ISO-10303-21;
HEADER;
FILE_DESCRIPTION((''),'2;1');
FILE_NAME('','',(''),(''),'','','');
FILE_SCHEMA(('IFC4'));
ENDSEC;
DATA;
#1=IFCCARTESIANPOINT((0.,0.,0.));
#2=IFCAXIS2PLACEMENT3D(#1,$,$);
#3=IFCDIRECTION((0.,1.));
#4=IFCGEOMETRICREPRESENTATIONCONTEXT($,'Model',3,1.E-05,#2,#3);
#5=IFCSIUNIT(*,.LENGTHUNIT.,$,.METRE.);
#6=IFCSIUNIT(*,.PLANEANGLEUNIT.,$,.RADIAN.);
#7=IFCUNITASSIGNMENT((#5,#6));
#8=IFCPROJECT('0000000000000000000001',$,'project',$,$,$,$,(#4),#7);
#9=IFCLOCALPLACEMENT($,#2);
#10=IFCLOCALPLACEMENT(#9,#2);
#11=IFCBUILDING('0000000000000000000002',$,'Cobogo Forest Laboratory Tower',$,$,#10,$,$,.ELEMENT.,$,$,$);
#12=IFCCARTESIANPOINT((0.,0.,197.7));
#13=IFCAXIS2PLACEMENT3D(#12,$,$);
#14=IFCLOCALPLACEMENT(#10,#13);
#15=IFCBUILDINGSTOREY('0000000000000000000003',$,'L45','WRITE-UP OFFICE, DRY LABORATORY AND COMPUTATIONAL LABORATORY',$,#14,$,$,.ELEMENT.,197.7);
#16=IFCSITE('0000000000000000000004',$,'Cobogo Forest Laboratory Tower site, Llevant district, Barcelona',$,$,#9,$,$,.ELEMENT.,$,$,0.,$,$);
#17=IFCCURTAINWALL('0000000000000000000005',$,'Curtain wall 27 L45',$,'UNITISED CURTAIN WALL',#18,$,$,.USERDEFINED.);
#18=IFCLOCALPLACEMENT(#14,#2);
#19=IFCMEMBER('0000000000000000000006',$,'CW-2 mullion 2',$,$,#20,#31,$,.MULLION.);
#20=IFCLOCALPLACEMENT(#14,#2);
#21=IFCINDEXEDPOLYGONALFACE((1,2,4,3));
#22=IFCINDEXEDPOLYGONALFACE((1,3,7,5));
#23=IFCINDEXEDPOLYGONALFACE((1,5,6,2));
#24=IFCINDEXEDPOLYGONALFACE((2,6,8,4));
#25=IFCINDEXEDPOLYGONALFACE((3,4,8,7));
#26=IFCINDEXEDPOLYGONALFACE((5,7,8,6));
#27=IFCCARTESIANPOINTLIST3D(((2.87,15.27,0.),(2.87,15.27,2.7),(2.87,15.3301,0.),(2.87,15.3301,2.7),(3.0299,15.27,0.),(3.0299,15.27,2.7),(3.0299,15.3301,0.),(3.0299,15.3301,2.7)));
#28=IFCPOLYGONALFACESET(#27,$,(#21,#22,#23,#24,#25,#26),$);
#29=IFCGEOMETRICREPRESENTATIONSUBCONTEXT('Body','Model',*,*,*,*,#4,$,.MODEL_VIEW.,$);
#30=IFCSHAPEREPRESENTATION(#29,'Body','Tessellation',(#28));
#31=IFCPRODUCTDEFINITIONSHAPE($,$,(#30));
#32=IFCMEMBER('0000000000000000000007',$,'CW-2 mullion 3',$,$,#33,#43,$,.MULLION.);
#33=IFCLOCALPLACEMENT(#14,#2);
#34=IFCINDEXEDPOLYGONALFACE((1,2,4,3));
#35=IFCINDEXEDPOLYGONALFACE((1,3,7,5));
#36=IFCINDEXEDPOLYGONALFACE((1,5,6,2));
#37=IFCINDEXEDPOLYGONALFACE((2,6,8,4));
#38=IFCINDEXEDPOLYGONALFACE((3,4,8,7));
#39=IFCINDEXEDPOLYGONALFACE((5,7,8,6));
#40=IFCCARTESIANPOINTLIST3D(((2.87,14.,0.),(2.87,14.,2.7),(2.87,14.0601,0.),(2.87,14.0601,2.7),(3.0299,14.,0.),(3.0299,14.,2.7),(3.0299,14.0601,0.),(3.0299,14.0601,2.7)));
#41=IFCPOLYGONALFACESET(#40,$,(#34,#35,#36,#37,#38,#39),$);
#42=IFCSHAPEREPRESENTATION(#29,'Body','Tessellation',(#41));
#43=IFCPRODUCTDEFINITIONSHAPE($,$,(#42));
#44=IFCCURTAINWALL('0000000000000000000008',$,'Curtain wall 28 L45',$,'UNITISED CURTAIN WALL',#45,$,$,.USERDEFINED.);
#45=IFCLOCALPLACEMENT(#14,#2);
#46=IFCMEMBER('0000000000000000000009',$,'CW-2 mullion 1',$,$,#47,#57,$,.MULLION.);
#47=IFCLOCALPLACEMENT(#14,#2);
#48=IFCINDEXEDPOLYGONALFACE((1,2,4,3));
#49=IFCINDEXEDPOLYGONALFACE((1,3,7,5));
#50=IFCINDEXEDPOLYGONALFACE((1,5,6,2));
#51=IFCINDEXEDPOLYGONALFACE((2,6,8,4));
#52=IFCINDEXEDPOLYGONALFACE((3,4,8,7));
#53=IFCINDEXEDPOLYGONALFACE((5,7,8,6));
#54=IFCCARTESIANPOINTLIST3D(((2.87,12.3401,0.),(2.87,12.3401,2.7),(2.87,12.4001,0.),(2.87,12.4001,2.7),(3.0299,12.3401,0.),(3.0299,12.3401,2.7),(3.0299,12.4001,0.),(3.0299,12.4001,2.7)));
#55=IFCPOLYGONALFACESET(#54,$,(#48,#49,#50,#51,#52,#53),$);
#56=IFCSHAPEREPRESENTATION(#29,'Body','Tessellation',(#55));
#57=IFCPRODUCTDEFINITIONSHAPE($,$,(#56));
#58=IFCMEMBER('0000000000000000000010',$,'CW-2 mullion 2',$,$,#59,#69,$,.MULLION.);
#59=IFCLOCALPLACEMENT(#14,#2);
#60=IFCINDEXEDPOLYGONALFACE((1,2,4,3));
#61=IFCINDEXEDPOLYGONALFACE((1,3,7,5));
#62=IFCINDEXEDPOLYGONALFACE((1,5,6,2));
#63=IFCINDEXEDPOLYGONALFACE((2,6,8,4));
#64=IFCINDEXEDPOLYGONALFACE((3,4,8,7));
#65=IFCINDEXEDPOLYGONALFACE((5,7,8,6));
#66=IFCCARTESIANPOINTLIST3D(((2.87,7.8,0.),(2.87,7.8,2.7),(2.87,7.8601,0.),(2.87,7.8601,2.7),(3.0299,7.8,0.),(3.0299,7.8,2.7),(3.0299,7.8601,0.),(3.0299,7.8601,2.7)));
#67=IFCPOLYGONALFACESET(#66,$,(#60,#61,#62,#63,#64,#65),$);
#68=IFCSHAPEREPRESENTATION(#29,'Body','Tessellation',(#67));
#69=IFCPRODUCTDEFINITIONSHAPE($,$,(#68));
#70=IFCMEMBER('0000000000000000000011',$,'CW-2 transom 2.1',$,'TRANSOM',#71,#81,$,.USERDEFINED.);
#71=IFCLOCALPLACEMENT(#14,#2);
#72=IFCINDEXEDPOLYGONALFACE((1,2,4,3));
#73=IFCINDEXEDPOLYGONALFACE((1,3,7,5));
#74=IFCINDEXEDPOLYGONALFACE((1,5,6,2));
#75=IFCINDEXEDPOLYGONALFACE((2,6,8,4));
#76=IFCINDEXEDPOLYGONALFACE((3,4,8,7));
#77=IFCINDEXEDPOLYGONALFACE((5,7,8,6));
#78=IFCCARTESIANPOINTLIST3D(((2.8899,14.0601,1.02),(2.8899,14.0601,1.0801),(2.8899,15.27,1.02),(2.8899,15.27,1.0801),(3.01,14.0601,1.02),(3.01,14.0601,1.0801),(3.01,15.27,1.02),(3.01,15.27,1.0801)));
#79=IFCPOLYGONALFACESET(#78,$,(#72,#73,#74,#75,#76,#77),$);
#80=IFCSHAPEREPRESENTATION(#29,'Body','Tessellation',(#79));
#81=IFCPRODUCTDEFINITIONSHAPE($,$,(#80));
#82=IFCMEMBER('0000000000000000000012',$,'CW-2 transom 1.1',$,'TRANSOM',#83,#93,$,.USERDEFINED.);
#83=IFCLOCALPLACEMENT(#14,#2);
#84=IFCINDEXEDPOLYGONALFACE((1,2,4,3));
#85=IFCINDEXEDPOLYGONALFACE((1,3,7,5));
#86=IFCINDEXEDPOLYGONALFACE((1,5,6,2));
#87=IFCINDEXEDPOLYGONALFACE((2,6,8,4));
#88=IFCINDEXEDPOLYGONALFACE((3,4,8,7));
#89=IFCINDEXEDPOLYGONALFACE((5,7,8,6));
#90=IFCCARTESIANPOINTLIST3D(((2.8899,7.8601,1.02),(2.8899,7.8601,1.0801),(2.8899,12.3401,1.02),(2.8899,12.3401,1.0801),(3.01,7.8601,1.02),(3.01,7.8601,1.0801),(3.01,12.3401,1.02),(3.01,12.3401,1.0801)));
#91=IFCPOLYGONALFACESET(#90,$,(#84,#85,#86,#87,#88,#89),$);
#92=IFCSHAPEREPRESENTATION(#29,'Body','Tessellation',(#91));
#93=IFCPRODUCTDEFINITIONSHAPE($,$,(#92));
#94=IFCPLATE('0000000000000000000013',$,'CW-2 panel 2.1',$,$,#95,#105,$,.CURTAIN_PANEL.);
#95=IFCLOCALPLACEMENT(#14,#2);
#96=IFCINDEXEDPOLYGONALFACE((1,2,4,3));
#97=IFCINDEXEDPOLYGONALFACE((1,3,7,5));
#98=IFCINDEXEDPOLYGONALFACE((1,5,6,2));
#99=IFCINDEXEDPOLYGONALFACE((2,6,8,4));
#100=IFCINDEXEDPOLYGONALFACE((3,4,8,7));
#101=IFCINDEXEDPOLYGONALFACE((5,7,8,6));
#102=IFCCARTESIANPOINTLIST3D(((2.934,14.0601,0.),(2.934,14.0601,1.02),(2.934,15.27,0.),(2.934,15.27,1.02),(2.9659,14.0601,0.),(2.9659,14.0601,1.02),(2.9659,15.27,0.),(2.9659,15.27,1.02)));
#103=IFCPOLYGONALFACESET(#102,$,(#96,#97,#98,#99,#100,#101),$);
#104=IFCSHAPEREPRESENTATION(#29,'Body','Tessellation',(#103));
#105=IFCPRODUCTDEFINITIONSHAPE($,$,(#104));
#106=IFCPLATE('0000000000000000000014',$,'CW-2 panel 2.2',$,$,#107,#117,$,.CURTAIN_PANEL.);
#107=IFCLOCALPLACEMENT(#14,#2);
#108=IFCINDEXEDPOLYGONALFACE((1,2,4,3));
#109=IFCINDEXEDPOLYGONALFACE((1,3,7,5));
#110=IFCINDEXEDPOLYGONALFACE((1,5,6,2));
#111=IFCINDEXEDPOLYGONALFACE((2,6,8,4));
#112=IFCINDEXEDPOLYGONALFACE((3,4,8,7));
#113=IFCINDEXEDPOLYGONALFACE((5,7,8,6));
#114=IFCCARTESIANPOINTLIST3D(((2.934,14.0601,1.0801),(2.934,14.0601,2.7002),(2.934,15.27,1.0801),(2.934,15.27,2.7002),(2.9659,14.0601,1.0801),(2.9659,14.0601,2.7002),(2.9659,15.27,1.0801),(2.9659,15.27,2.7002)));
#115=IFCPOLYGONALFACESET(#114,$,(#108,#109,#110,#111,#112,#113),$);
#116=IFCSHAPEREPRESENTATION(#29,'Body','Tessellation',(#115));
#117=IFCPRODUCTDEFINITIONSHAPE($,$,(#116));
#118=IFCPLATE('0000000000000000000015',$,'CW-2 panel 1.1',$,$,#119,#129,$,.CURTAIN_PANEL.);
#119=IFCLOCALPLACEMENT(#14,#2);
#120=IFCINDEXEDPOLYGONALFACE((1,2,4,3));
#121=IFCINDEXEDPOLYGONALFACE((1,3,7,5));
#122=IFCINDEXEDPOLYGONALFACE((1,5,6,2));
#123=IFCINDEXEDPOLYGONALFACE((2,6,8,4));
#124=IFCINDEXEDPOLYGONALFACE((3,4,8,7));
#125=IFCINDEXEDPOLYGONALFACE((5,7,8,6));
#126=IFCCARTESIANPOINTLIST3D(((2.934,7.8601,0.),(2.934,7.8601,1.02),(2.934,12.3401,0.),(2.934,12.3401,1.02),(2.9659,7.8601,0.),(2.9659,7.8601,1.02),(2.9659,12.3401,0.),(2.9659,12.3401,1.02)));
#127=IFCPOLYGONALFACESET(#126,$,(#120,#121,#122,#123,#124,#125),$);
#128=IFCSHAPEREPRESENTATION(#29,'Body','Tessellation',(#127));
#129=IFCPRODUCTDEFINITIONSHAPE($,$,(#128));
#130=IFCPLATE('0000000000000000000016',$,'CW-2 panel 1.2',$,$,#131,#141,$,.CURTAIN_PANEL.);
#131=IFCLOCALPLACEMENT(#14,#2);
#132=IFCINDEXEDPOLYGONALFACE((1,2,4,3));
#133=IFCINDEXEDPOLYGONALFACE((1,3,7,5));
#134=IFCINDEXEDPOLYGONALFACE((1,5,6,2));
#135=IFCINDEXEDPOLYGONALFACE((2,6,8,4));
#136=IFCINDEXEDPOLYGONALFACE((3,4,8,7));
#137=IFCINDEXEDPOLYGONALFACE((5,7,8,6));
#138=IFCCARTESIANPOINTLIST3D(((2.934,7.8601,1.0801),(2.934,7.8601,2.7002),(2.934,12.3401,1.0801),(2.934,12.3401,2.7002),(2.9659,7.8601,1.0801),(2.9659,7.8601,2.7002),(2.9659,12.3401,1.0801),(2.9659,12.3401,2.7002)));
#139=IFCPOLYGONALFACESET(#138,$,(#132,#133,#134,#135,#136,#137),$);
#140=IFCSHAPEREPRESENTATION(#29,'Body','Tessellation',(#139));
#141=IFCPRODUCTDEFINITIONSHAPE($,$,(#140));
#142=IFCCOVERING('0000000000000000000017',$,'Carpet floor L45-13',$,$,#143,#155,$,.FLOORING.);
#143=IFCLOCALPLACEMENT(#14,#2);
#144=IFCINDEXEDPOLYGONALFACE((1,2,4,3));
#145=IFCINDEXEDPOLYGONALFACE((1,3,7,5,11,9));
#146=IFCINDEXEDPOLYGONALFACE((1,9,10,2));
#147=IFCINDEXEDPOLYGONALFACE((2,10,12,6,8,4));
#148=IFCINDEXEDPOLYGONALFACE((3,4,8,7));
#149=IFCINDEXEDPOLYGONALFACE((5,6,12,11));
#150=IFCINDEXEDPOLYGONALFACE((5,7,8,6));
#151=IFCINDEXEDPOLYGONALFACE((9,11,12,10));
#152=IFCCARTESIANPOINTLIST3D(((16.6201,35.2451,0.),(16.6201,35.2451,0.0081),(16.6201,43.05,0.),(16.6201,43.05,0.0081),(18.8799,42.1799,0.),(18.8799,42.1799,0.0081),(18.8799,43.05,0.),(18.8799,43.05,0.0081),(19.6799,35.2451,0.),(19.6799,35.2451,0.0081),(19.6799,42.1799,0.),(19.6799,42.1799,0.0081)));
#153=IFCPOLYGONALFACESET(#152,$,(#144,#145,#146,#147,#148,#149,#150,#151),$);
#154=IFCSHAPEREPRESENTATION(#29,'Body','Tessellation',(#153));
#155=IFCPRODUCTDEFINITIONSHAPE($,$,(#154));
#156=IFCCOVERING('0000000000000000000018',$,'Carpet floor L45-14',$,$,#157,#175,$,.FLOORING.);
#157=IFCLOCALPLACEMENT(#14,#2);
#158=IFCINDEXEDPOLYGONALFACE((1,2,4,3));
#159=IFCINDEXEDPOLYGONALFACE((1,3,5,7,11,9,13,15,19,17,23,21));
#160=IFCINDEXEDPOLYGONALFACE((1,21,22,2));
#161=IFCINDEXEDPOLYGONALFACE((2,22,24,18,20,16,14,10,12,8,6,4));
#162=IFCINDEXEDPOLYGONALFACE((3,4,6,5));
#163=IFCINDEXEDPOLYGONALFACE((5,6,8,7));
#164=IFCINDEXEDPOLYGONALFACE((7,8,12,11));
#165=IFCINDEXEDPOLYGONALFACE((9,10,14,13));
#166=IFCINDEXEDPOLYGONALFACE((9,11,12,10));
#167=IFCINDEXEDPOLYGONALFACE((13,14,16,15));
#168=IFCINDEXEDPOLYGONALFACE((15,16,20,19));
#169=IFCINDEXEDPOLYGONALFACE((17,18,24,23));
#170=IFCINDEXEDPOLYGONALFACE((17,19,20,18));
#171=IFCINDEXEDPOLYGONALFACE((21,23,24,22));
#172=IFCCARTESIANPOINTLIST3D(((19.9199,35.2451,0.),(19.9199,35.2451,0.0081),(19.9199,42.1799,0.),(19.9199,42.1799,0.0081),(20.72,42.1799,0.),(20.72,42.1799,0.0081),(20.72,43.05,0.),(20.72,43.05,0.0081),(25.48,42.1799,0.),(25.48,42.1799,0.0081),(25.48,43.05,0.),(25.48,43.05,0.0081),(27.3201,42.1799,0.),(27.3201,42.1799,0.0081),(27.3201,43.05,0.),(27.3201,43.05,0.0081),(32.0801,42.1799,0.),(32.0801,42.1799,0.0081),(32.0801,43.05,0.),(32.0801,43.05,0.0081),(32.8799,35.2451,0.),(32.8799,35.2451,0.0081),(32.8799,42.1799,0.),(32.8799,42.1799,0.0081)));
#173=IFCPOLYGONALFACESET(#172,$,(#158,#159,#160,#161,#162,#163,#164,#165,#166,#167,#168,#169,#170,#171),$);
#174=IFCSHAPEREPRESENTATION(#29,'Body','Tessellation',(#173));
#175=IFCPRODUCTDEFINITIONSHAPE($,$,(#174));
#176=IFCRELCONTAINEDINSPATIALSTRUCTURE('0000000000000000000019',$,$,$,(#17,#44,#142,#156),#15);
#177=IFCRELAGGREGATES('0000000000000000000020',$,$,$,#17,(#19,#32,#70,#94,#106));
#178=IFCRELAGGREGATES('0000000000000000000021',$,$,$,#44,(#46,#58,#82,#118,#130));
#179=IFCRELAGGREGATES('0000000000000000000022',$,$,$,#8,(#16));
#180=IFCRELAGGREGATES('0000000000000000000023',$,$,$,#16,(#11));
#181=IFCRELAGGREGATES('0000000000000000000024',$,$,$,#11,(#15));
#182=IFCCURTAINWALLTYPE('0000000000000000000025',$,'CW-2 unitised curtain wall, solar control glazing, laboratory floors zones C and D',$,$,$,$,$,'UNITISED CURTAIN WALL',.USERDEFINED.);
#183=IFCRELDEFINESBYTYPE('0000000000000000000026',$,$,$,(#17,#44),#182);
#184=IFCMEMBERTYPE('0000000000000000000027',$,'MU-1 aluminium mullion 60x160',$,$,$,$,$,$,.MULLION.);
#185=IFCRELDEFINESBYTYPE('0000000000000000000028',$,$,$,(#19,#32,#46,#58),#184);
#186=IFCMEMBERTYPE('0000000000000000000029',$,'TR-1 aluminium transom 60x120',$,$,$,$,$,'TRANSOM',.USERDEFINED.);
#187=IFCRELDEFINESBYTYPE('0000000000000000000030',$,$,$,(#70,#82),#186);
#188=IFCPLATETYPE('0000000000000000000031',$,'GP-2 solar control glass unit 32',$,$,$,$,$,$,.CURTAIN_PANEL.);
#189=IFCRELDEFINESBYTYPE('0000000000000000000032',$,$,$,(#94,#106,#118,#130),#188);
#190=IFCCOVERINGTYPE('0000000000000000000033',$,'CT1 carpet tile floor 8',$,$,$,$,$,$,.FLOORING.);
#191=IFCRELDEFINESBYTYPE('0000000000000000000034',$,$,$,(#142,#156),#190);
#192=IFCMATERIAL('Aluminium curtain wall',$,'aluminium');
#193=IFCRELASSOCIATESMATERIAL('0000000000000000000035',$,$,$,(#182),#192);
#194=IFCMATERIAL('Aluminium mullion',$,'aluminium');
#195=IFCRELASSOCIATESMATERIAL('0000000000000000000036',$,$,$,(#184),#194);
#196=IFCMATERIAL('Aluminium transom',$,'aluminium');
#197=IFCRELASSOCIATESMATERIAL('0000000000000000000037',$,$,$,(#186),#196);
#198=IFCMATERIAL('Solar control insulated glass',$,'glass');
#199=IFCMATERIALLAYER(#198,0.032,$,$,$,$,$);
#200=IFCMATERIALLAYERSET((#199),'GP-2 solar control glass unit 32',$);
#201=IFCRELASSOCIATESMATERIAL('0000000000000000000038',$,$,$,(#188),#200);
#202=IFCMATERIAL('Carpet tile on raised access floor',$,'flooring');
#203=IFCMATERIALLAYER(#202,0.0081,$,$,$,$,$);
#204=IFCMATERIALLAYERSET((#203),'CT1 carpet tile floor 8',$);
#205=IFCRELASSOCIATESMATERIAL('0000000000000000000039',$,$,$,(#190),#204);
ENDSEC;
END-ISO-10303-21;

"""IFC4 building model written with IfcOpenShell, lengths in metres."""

from ifc_helpers import new_model, si_unit, direction, frame, origin, origin_2d, place, context, subcontext, project, spatial, polyline, rectangle, outline, extrude, material, layer, layer_set, material_profile, profile_set, type_object, element, aggregate, save


model = new_model("IFC4")

# Units and contexts
model_context = context("Model", 3, precision=1e-05, world=origin(), true_north=direction((0.0, 1.0)))
body_context = subcontext(model_context, "Body", "Model", "MODEL_VIEW")
ifc_project = project(units=[si_unit("LENGTHUNIT", "METRE"), si_unit("PLANEANGLEUNIT", "RADIAN")], contexts=[model_context])

# Site, building, storey
site_placement = place(None, origin())
site = spatial("IfcSite", under=ifc_project, at=site_placement, Name="Cobogo Forest Laboratory Tower site, Llevant district, Barcelona", CompositionType="ELEMENT", RefElevation=0.0)
building_placement = place(site_placement, origin())
building = spatial("IfcBuilding", under=site, at=building_placement, Name="Cobogo Forest Laboratory Tower", CompositionType="ELEMENT")
storey_placement = place(building_placement, frame((0.0, 0.0, 197.7)))
storey = spatial("IfcBuildingStorey", under=building, at=storey_placement, Name="L45", Description="WRITE-UP OFFICE, DRY LABORATORY AND COMPUTATIONAL LABORATORY", CompositionType="ELEMENT", Elevation=197.7)

# Curtain walls, members
ifc_material_1 = material(Name="Aluminium curtain wall", Category="aluminium")
curtain_wall_type = type_object("IfcCurtainWallType", Name="CW-2 unitised curtain wall, solar control glazing, laboratory floors zones C and D", ElementType="UNITISED CURTAIN WALL", PredefinedType="USERDEFINED", material=ifc_material_1)
curtain_wall_1_placement = place(storey_placement, origin())
curtain_wall_1 = element("IfcCurtainWall", 1, at=curtain_wall_1_placement, inside=storey, type_object=curtain_wall_type, Name="Curtain wall 27 L45", ObjectType="UNITISED CURTAIN WALL", PredefinedType="USERDEFINED")
ifc_material_2 = material(Name="Aluminium mullion", Category="aluminium")
ifc_material_profile_1 = material_profile(ifc_material_2, rectangle(XDim=0.0601, YDim=0.1599, at=origin_2d()), Name="AL 60x160")
ifc_profile_set_1 = profile_set([ifc_material_profile_1], Name="Aluminium mullion")
member_type_1 = type_object("IfcMemberType", Name="MU-1 aluminium mullion 60x160", PredefinedType="MULLION", material=ifc_profile_set_1)
member_1_placement = place(storey_placement, frame((2.95, 15.3, 0.0), z_axis=(0.0, 0.0, 1.0), x_axis=(0.0, -1.0, 0.0)))
member_1 = element("IfcMember", 2, at=member_1_placement, type_object=member_type_1, Name="CW-2 mullion 2", PredefinedType="MULLION", context=body_context, shape_type="SweptSolid", body=[
    extrude(rectangle(XDim=0.0601, YDim=0.1599, at=origin_2d()), origin(), (0.0, 0.0, 1.0), 2.7),
])
member_2_placement = place(storey_placement, frame((2.95, 14.03, 0.0), z_axis=(0.0, 0.0, 1.0), x_axis=(0.0, -1.0, 0.0)))
member_2 = element("IfcMember", 3, at=member_2_placement, type_object=member_type_1, Name="CW-2 mullion 3", PredefinedType="MULLION", context=body_context, shape_type="SweptSolid", body=[
    extrude(rectangle(XDim=0.0601, YDim=0.1599, at=origin_2d()), origin(), (0.0, 0.0, 1.0), 2.7),
])
curtain_wall_2_placement = place(storey_placement, origin())
curtain_wall_2 = element("IfcCurtainWall", 4, at=curtain_wall_2_placement, inside=storey, type_object=curtain_wall_type, Name="Curtain wall 28 L45", ObjectType="UNITISED CURTAIN WALL", PredefinedType="USERDEFINED")
member_3_placement = place(storey_placement, frame((2.95, 12.3701, 0.0), z_axis=(0.0, 0.0, 1.0), x_axis=(0.0, -1.0, 0.0)))
member_3 = element("IfcMember", 5, at=member_3_placement, type_object=member_type_1, Name="CW-2 mullion 1", PredefinedType="MULLION", context=body_context, shape_type="SweptSolid", body=[
    extrude(rectangle(XDim=0.0601, YDim=0.1599, at=origin_2d()), origin(), (0.0, 0.0, 1.0), 2.7),
])
member_4_placement = place(storey_placement, frame((2.95, 7.8301, 0.0), z_axis=(0.0, 0.0, 1.0), x_axis=(0.0, -1.0, 0.0)))
member_4 = element("IfcMember", 6, at=member_4_placement, type_object=member_type_1, Name="CW-2 mullion 2", PredefinedType="MULLION", context=body_context, shape_type="SweptSolid", body=[
    extrude(rectangle(XDim=0.0601, YDim=0.1599, at=origin_2d()), origin(), (0.0, 0.0, 1.0), 2.7),
])

# Members
ifc_material_3 = material(Name="Aluminium transom", Category="aluminium")
ifc_material_profile_2 = material_profile(ifc_material_3, rectangle(XDim=0.1201, YDim=0.0601, at=origin_2d()), Name="AL 60x120")
ifc_profile_set_2 = profile_set([ifc_material_profile_2], Name="Aluminium transom")
member_type_2 = type_object("IfcMemberType", Name="TR-1 aluminium transom 60x120", ElementType="TRANSOM", PredefinedType="USERDEFINED", material=ifc_profile_set_2)
member_5_placement = place(storey_placement, frame((2.95, 15.27, 1.05), z_axis=(0.0, -1.0, 0.0), x_axis=(1.0, 0.0, 0.0)))
member_5 = element("IfcMember", 7, at=member_5_placement, type_object=member_type_2, Name="CW-2 transom 2.1", ObjectType="TRANSOM", PredefinedType="USERDEFINED", context=body_context, shape_type="SweptSolid", body=[
    extrude(rectangle(XDim=0.1201, YDim=0.0601, at=origin_2d()), origin(), (0.0, 0.0, 1.0), 1.21),
])
member_6_placement = place(storey_placement, frame((2.95, 12.3401, 1.05), z_axis=(0.0, -1.0, 0.0), x_axis=(1.0, 0.0, 0.0)))
member_6 = element("IfcMember", 8, at=member_6_placement, type_object=member_type_2, Name="CW-2 transom 1.1", ObjectType="TRANSOM", PredefinedType="USERDEFINED", context=body_context, shape_type="SweptSolid", body=[
    extrude(rectangle(XDim=0.1201, YDim=0.0601, at=origin_2d()), origin(), (0.0, 0.0, 1.0), 4.48),
])

# Plates
ifc_material_4 = material(Name="Solar control insulated glass", Category="glass")
ifc_layer_1 = layer(ifc_material_4, 0.032)
ifc_layer_set_1 = layer_set([ifc_layer_1], Name="GP-2 solar control glass unit 32")
plate_type_1 = type_object("IfcPlateType", Name="GP-2 solar control glass unit 32", PredefinedType="CURTAIN_PANEL", material=ifc_layer_set_1)
plate_1_placement = place(storey_placement, frame((2.95, 14.665, 0.0), z_axis=(0.0, 0.0, 1.0), x_axis=(0.0, -1.0, 0.0)))
plate_1 = element("IfcPlate", 9, at=plate_1_placement, type_object=plate_type_1, Name="CW-2 panel 2.1", PredefinedType="CURTAIN_PANEL", context=body_context, shape_type="SweptSolid", body=[
    extrude(rectangle(XDim=1.21, YDim=0.032, at=origin_2d()), origin(), (0.0, 0.0, 1.0), 1.02),
])
plate_2_placement = place(storey_placement, frame((2.95, 14.665, 1.0801), z_axis=(0.0, 0.0, 1.0), x_axis=(0.0, -1.0, 0.0)))
plate_2 = element("IfcPlate", 10, at=plate_2_placement, type_object=plate_type_1, Name="CW-2 panel 2.2", PredefinedType="CURTAIN_PANEL", context=body_context, shape_type="SweptSolid", body=[
    extrude(rectangle(XDim=1.21, YDim=0.032, at=origin_2d()), origin(), (0.0, 0.0, 1.0), 1.6201),
])
aggregate(curtain_wall_1, [member_1, member_2, member_5, plate_1, plate_2])
plate_3_placement = place(storey_placement, frame((2.95, 10.1001, 0.0), z_axis=(0.0, 0.0, 1.0), x_axis=(0.0, -1.0, 0.0)))
plate_3 = element("IfcPlate", 11, at=plate_3_placement, type_object=plate_type_1, Name="CW-2 panel 1.1", PredefinedType="CURTAIN_PANEL", context=body_context, shape_type="SweptSolid", body=[
    extrude(rectangle(XDim=4.48, YDim=0.032, at=origin_2d()), origin(), (0.0, 0.0, 1.0), 1.02),
])
plate_4_placement = place(storey_placement, frame((2.95, 10.1001, 1.0801), z_axis=(0.0, 0.0, 1.0), x_axis=(0.0, -1.0, 0.0)))
plate_4 = element("IfcPlate", 12, at=plate_4_placement, type_object=plate_type_1, Name="CW-2 panel 1.2", PredefinedType="CURTAIN_PANEL", context=body_context, shape_type="SweptSolid", body=[
    extrude(rectangle(XDim=4.48, YDim=0.032, at=origin_2d()), origin(), (0.0, 0.0, 1.0), 1.6201),
])
aggregate(curtain_wall_2, [member_3, member_4, member_6, plate_3, plate_4])

# Coverings
ifc_material_5 = material(Name="Carpet tile on raised access floor", Category="flooring")
ifc_layer_2 = layer(ifc_material_5, 0.0081)
ifc_layer_set_2 = layer_set([ifc_layer_2], Name="CT1 carpet tile floor 8")
covering_type_1 = type_object("IfcCoveringType", Name="CT1 carpet tile floor 8", PredefinedType="FLOORING", material=ifc_layer_set_2)
covering_1_placement = place(storey_placement, origin())
element("IfcCovering", 13, at=covering_1_placement, inside=storey, type_object=covering_type_1, Name="Carpet floor L45-13", PredefinedType="FLOORING", context=body_context, shape_type="SweptSolid", body=[
    extrude(outline(polyline([(16.6201, 35.2451), (16.6201, 43.05), (18.8799, 43.05), (18.8799, 42.1799), (19.6799, 42.1799), (19.6799, 35.2451), (16.6201, 35.2451)])), origin(), (0.0, 0.0, 1.0), 0.0081),
])
covering_2_placement = place(storey_placement, origin())
element("IfcCovering", 14, at=covering_2_placement, inside=storey, type_object=covering_type_1, Name="Carpet floor L45-14", PredefinedType="FLOORING", context=body_context, shape_type="SweptSolid", body=[
    extrude(outline(polyline([(19.9199, 35.2451), (19.9199, 42.1799), (20.72, 42.1799), (20.72, 43.05), (25.48, 43.05), (25.48, 42.1799), (27.3201, 42.1799), (27.3201, 43.05), (32.0801, 43.05), (32.0801, 42.1799), (32.8799, 42.1799), (32.8799, 35.2451), (19.9199, 35.2451)])), origin(), (0.0, 0.0, 1.0), 0.0081),
])

save(model, "model.ifc")
